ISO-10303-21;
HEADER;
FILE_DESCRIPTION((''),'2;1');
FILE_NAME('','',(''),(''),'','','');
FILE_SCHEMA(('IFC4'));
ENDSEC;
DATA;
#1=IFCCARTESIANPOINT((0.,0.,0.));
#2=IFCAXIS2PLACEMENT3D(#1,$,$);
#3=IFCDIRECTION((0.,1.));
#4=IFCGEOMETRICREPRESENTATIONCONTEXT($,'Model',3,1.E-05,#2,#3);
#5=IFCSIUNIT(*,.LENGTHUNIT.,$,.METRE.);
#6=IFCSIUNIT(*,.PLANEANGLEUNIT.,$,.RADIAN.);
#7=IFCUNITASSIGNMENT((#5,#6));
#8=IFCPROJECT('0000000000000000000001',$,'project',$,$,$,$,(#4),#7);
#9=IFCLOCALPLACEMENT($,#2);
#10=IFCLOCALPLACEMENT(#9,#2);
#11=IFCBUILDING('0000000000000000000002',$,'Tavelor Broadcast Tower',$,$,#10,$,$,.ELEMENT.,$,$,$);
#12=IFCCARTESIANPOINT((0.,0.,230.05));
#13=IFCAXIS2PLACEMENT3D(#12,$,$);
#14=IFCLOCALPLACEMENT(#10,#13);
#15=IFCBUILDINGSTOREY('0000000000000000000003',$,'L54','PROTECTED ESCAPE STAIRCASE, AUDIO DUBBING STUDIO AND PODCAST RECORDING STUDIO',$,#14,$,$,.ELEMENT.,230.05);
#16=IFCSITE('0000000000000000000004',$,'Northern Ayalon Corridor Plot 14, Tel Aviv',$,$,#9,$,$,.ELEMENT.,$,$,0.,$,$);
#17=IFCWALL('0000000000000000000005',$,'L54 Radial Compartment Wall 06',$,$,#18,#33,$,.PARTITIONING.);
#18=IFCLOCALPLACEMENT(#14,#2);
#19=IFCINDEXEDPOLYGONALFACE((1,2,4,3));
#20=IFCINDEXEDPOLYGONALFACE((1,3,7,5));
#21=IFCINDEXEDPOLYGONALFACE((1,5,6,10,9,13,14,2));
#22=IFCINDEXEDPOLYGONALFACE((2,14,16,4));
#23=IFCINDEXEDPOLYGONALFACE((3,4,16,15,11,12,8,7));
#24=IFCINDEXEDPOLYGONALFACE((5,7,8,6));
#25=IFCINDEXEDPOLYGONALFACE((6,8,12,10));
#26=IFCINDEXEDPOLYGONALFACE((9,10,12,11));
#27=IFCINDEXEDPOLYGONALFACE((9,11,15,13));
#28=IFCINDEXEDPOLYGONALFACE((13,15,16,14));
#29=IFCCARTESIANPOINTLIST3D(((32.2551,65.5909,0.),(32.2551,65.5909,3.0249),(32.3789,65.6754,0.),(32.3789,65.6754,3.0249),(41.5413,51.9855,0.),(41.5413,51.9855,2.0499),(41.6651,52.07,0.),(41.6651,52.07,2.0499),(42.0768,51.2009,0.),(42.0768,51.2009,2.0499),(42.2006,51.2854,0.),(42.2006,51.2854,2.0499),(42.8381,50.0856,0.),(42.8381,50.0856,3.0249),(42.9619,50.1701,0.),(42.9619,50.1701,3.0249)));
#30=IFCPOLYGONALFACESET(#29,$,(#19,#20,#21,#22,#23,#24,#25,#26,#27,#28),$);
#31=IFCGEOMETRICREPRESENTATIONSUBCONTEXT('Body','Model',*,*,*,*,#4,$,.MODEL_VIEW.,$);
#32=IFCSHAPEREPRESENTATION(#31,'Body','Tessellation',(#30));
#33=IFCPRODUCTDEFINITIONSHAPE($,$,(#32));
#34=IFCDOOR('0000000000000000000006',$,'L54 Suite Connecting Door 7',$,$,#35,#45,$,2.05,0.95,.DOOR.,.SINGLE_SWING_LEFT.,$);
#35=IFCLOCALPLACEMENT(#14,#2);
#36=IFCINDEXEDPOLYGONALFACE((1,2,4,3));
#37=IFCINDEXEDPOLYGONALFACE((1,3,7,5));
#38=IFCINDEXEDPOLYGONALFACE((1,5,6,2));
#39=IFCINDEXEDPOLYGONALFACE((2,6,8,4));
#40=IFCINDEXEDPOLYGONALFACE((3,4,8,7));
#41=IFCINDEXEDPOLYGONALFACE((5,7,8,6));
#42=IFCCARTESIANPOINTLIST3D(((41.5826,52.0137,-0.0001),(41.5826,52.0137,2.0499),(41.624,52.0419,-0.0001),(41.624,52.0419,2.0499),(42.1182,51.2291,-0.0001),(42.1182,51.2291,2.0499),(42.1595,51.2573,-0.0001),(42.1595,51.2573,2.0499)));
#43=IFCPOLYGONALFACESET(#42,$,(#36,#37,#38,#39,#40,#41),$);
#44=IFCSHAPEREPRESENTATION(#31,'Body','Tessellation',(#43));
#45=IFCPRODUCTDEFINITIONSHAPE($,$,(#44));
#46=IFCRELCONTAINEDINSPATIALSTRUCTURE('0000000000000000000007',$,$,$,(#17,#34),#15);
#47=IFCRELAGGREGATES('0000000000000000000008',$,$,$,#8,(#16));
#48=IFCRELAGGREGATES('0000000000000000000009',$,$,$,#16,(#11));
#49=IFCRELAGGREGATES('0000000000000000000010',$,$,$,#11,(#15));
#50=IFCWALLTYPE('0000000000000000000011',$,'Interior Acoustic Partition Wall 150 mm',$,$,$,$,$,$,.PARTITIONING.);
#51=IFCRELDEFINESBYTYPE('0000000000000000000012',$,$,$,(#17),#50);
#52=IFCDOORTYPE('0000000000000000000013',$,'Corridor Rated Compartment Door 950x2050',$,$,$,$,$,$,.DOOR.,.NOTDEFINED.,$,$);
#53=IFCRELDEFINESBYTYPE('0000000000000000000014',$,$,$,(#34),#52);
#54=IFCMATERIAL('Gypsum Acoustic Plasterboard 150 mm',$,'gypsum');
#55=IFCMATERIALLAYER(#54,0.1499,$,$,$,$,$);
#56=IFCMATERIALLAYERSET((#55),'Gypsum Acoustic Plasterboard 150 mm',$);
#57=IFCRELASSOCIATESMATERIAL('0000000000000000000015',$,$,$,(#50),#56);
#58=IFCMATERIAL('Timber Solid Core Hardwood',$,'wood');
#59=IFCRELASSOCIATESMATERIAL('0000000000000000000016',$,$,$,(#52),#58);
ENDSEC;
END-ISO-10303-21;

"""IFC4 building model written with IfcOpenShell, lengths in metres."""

from ifc_helpers import new_model, si_unit, direction, frame, frame_2d, origin, place, context, subcontext, project, spatial, rectangle, extrude, material, layer, layer_set, type_object, element, fill, save


model = new_model("IFC4")

# Units and contexts
model_context = context("Model", 3, precision=1e-05, world=origin(), true_north=direction((0.0, 1.0)))
body_context = subcontext(model_context, "Body", "Model", "MODEL_VIEW")
ifc_project = project(units=[si_unit("LENGTHUNIT", "METRE"), si_unit("PLANEANGLEUNIT", "RADIAN")], contexts=[model_context])

# Site, building, storey
site_placement = place(None, origin())
site = spatial("IfcSite", under=ifc_project, at=site_placement, Name="Northern Ayalon Corridor Plot 14, Tel Aviv", CompositionType="ELEMENT", RefElevation=0.0)
building_placement = place(site_placement, origin())
building = spatial("IfcBuilding", under=site, at=building_placement, Name="Tavelor Broadcast Tower", CompositionType="ELEMENT")
storey_placement = place(building_placement, frame((0.0, 0.0, 230.05)))
storey = spatial("IfcBuildingStorey", under=building, at=storey_placement, Name="L54", Description="PROTECTED ESCAPE STAIRCASE, AUDIO DUBBING STUDIO AND PODCAST RECORDING STUDIO", CompositionType="ELEMENT", Elevation=230.05)

# Wall, opening, door
ifc_material_1 = material(Name="Gypsum Acoustic Plasterboard 150 mm", Category="gypsum")
ifc_layer_1 = layer(ifc_material_1, 0.1499)
ifc_layer_set_1 = layer_set([ifc_layer_1], Name="Gypsum Acoustic Plasterboard 150 mm")
wall_type_1 = type_object("IfcWallType", Name="Interior Acoustic Partition Wall 150 mm", PredefinedType="PARTITIONING", material=ifc_layer_set_1)
wall_1_placement = place(storey_placement, frame((42.8999, 50.1279, 0.0), z_axis=(0.0, 0.0, 1.0), x_axis=(-0.563743, 0.82595, 0.0)))
wall_1 = element("IfcWall", 1, at=wall_1_placement, inside=storey, type_object=wall_type_1, Name="L54 Radial Compartment Wall 06", PredefinedType="PARTITIONING", context=body_context, shape_type="SweptSolid", body=[
    extrude(rectangle(XDim=18.7727, YDim=0.1499, at=frame_2d((9.3862, 0.0))), origin(), (0.0, 0.0, 1.0), 3.0249),
])
opening_1_placement = place(wall_1_placement, frame((1.3501, 0.0, 0.0)))
opening_1 = element("IfcOpeningElement", 2, at=opening_1_placement, cuts=wall_1, PredefinedType="OPENING", context=body_context, shape_type="SweptSolid", body=[
    extrude(rectangle(XDim=0.95, YDim=2.05, at=frame_2d((0.4751, 1.0249))), frame((0.0, 0.085, 0.0), z_axis=(0.0, -1.0, 0.0), x_axis=(1.0, 0.0, 0.0)), (0.0, 0.0, 1.0), 0.1699),
])
ifc_material_2 = material(Name="Timber Solid Core Hardwood", Category="wood")
door_type_1 = type_object("IfcDoorType", Name="Corridor Rated Compartment Door 950x2050", OperationType="NOTDEFINED", PredefinedType="DOOR", material=ifc_material_2)
door_1_placement = place(opening_1_placement, origin())
door_1 = element("IfcDoor", 3, at=door_1_placement, inside=storey, type_object=door_type_1, Name="L54 Suite Connecting Door 7", OperationType="SINGLE_SWING_LEFT", OverallHeight=2.05, OverallWidth=0.95, PredefinedType="DOOR", context=body_context, shape_type="SweptSolid", body=[
    extrude(rectangle(XDim=0.95, YDim=2.05, at=frame_2d((0.4751, 1.0249))), frame((0.0, 0.0249, 0.0), z_axis=(0.0, -1.0, 0.0), x_axis=(1.0, 0.0, 0.0)), (0.0, 0.0, 1.0), 0.05),
])
fill(opening_1, door_1)

save(model, "model.ifc")
